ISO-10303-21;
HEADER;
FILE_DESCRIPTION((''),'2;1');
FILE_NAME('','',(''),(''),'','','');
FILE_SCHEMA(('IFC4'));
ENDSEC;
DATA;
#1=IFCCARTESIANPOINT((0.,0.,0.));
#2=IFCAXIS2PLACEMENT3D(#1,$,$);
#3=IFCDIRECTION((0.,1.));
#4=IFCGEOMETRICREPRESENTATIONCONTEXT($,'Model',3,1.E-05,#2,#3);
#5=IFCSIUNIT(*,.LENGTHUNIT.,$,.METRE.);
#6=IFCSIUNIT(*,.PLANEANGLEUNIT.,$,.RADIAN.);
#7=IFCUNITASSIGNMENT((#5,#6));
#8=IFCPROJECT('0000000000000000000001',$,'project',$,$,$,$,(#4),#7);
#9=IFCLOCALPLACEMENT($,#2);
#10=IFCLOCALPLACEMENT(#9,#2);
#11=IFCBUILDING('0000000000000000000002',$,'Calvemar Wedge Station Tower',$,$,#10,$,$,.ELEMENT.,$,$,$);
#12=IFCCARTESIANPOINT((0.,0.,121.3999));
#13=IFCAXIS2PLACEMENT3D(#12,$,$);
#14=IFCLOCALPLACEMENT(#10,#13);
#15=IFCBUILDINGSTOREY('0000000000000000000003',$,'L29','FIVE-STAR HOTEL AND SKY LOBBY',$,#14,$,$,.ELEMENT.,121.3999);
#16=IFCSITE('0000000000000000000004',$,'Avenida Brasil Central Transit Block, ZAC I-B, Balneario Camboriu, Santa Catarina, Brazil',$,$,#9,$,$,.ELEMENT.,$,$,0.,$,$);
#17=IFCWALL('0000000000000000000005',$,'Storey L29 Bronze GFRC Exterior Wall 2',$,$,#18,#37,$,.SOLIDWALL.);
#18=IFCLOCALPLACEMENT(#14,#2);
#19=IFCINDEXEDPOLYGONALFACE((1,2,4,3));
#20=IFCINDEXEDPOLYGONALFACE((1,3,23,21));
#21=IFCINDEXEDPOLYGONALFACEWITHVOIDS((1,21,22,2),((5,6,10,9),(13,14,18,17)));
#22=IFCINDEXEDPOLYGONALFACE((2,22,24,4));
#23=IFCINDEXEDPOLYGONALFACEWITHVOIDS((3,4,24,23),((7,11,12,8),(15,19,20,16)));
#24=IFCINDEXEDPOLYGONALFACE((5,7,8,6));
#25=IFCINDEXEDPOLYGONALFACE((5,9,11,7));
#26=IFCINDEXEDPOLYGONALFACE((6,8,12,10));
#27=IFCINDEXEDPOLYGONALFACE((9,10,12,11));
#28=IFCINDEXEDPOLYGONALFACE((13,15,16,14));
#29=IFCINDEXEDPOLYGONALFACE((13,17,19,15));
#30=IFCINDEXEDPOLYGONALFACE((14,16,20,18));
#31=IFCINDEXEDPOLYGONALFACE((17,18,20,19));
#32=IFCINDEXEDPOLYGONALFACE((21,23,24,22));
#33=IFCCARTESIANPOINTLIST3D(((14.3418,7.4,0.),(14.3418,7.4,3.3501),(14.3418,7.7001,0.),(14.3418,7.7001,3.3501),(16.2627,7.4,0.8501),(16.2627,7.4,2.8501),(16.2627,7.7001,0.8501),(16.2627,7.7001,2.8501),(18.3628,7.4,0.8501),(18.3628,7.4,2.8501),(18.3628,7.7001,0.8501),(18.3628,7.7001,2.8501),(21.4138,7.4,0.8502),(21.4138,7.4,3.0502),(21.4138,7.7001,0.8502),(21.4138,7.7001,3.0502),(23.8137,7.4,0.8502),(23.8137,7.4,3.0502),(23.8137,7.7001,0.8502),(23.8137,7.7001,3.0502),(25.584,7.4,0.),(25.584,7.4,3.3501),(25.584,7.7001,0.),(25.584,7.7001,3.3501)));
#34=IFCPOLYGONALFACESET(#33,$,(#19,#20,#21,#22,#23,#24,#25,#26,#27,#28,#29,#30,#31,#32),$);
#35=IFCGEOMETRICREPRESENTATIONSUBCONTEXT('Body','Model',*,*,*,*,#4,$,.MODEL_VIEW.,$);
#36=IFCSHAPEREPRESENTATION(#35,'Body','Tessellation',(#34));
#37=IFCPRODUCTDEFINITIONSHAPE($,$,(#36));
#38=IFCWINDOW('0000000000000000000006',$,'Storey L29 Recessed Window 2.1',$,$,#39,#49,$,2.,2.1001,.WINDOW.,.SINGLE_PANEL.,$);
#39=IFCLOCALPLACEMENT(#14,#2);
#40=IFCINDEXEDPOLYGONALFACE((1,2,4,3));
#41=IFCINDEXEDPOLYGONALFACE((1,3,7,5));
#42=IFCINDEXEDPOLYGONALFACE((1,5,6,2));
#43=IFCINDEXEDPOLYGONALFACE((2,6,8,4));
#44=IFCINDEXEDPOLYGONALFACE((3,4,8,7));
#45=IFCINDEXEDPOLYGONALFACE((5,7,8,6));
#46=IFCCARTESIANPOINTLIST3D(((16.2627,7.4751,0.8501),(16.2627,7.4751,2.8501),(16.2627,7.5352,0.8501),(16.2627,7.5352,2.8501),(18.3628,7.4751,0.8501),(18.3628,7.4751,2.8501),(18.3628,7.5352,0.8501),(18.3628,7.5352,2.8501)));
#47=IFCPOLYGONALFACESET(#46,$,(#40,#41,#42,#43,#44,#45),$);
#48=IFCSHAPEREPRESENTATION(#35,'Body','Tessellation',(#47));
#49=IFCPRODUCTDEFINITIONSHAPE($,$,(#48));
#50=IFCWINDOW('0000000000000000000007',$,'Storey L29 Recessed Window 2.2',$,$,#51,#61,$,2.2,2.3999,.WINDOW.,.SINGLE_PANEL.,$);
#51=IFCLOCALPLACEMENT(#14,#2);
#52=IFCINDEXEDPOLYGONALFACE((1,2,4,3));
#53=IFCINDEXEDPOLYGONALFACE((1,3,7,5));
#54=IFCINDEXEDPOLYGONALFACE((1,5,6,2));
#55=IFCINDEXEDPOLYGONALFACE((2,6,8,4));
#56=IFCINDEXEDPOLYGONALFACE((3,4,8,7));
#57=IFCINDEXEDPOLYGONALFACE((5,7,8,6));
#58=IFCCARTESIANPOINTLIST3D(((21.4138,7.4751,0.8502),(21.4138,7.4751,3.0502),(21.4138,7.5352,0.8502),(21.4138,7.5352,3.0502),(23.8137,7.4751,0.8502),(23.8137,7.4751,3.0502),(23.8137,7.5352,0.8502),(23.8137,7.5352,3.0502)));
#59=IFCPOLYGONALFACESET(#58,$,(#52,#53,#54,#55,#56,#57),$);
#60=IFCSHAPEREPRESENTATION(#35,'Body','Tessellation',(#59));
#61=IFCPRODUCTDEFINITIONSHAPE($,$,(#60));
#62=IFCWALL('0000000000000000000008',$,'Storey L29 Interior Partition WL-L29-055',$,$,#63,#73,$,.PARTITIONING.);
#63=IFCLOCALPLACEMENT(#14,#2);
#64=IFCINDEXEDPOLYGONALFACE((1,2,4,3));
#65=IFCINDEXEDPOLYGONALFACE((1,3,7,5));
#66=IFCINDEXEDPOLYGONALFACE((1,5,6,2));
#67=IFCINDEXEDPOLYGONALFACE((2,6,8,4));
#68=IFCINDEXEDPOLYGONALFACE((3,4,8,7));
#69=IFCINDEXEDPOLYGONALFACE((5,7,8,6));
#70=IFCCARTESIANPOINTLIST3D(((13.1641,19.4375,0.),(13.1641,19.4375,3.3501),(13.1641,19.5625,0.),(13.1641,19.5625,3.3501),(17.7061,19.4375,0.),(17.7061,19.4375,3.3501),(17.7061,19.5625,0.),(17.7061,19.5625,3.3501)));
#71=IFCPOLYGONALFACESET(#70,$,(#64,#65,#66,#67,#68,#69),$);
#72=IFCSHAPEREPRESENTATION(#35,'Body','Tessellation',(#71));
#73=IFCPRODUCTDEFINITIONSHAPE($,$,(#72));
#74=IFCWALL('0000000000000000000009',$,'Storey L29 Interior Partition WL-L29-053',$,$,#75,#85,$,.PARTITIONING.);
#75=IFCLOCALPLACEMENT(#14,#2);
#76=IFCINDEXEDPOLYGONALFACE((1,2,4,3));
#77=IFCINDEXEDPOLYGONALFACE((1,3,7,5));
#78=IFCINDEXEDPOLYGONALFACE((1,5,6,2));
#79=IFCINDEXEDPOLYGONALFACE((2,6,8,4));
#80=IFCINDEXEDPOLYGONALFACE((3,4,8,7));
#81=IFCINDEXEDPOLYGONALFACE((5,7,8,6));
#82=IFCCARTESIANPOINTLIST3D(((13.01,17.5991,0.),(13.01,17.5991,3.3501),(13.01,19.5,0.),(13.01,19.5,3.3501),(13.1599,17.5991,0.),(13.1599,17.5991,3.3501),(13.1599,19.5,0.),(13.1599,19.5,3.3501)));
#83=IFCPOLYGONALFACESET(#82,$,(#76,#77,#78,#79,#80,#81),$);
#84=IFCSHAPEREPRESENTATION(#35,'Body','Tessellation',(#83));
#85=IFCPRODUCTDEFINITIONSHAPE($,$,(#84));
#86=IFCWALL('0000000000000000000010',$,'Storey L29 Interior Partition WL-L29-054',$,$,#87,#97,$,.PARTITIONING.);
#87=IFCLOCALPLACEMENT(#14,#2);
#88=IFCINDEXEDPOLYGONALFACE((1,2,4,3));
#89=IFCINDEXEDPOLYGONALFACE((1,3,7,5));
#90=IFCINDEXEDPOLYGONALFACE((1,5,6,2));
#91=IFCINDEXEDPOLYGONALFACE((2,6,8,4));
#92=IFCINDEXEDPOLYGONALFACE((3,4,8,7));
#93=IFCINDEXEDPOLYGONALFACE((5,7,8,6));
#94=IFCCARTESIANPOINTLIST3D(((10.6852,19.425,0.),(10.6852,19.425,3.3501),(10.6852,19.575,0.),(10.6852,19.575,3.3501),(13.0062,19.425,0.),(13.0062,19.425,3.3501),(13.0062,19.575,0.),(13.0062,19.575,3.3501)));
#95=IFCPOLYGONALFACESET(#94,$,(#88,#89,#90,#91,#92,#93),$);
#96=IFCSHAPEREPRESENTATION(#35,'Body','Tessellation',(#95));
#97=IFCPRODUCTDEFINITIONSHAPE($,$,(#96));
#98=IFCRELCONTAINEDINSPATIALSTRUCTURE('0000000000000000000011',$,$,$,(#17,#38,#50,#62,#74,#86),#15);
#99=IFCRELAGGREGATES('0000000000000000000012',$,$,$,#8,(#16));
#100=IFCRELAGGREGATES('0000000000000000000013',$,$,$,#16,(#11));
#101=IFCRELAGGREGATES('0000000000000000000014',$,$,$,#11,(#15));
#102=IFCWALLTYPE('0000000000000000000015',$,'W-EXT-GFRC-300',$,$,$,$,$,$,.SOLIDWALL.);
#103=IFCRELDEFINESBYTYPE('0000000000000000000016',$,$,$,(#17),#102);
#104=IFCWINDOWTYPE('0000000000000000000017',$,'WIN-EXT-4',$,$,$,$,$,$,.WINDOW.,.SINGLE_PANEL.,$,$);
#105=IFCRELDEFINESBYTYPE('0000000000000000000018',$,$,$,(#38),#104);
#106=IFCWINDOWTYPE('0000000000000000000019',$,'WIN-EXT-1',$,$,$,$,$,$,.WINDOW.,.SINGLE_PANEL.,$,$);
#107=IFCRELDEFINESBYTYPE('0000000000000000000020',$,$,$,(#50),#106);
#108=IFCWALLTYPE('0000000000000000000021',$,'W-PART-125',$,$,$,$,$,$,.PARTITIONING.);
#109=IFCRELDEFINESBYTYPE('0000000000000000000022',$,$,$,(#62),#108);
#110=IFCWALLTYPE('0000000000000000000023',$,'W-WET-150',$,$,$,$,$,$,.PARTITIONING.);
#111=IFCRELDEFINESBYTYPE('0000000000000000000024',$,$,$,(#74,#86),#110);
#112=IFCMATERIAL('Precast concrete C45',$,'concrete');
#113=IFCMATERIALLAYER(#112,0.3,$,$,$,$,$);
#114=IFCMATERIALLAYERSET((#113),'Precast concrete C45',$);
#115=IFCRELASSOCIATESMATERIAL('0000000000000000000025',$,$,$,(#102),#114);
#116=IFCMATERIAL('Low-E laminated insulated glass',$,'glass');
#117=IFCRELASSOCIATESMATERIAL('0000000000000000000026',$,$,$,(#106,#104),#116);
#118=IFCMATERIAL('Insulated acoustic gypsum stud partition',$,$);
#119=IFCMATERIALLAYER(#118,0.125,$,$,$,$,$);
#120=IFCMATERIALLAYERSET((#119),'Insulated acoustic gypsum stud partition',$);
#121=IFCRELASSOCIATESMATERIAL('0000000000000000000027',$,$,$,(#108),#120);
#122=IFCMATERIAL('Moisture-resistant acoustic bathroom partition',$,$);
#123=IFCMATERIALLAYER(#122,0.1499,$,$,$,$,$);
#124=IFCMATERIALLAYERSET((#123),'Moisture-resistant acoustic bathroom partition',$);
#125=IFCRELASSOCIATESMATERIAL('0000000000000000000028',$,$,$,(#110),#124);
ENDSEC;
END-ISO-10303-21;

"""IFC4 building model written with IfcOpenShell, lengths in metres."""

from ifc_helpers import new_model, si_unit, direction, frame, frame_2d, origin, place, context, subcontext, project, spatial, rectangle, extrude, source, transform, mapped, material, layer, layer_set, type_object, element, fill, save


model = new_model("IFC4")

# Units and contexts
model_context = context("Model", 3, precision=1e-05, world=origin(), true_north=direction((0.0, 1.0)))
body_context = subcontext(model_context, "Body", "Model", "MODEL_VIEW")
ifc_project = project(units=[si_unit("LENGTHUNIT", "METRE"), si_unit("PLANEANGLEUNIT", "RADIAN")], contexts=[model_context])

# Site, building, storey
site_placement = place(None, origin())
site = spatial("IfcSite", under=ifc_project, at=site_placement, Name="Avenida Brasil Central Transit Block, ZAC I-B, Balneario Camboriu, Santa Catarina, Brazil", CompositionType="ELEMENT", RefElevation=0.0)
building_placement = place(site_placement, origin())
building = spatial("IfcBuilding", under=site, at=building_placement, Name="Calvemar Wedge Station Tower", CompositionType="ELEMENT")
storey_placement = place(building_placement, frame((0.0, 0.0, 121.3999)))
storey = spatial("IfcBuildingStorey", under=building, at=storey_placement, Name="L29", Description="FIVE-STAR HOTEL AND SKY LOBBY", CompositionType="ELEMENT", Elevation=121.3999)

# Shared definitions
ifc_material_1 = material(Name="Precast concrete C45", Category="concrete")
ifc_layer_1 = layer(ifc_material_1, 0.3)
ifc_layer_set_1 = layer_set([ifc_layer_1], Name="Precast concrete C45")
wall_type_1 = type_object("IfcWallType", Name="W-EXT-GFRC-300", PredefinedType="SOLIDWALL", material=ifc_layer_set_1)
shared_shape_1 = source(origin(), body_context, "Body", "SweptSolid", [
    extrude(rectangle(XDim=2.3999, YDim=2.2, at=frame_2d((1.2, 1.1001))), frame((0.0, 0.1602, 0.0), z_axis=(0.0, -1.0, 0.0), x_axis=(1.0, 0.0, 0.0)), (0.0, 0.0, 1.0), 0.3201),
])
ifc_material_2 = material(Name="Low-E laminated insulated glass", Category="glass")
window_type_1 = type_object("IfcWindowType", Name="WIN-EXT-1", PartitioningType="SINGLE_PANEL", PredefinedType="WINDOW", material=ifc_material_2)
shared_shape_2 = source(origin(), body_context, "Body", "SweptSolid", [
    extrude(rectangle(XDim=2.3999, YDim=2.2, at=frame_2d((1.2, 1.1001))), frame((0.0, -0.0149, 0.0), z_axis=(0.0, -1.0, 0.0), x_axis=(1.0, 0.0, 0.0)), (0.0, 0.0, 1.0), 0.0601),
])

# Wall, openings, windows
wall_1_placement = place(storey_placement, frame((14.3418, 7.55, 0.0), z_axis=(0.0, 0.0, 1.0), x_axis=(1.0, 0.0, 0.0)))
wall_1 = element("IfcWall", 1, at=wall_1_placement, inside=storey, type_object=wall_type_1, Name="Storey L29 Bronze GFRC Exterior Wall 2", PredefinedType="SOLIDWALL", context=body_context, shape_type="SweptSolid", body=[
    extrude(rectangle(XDim=11.2422, YDim=0.3, at=frame_2d((5.6211, 0.0))), origin(), (0.0, 0.0, 1.0), 3.3501),
])
shared_shape_3 = source(origin(), body_context, "Body", "SweptSolid", [
    extrude(rectangle(XDim=2.1001, YDim=2.0, at=frame_2d((1.05, 1.0))), frame((0.0, 0.1602, 0.0), z_axis=(0.0, -1.0, 0.0), x_axis=(1.0, 0.0, 0.0)), (0.0, 0.0, 1.0), 0.3201),
])
opening_1_placement = place(wall_1_placement, frame((1.9209, 0.0, 0.8501)))
opening_1 = element("IfcOpeningElement", 2, at=opening_1_placement, cuts=wall_1, PredefinedType="OPENING", context=body_context, shape_type="MappedRepresentation", body=[
    mapped(shared_shape_3, transform((0.0, 0.0, 0.0), scale=1.0)),
])
opening_2_placement = place(wall_1_placement, frame((7.072, 0.0, 0.8501)))
opening_2 = element("IfcOpeningElement", 3, at=opening_2_placement, cuts=wall_1, PredefinedType="OPENING", context=body_context, shape_type="MappedRepresentation", body=[
    mapped(shared_shape_1, transform((0.0, 0.0, 0.0), scale=1.0)),
])
window_type_2 = type_object("IfcWindowType", Name="WIN-EXT-4", PartitioningType="SINGLE_PANEL", PredefinedType="WINDOW", material=ifc_material_2)
shared_shape_4 = source(origin(), body_context, "Body", "SweptSolid", [
    extrude(rectangle(XDim=2.1001, YDim=2.0, at=frame_2d((1.05, 1.0))), frame((0.0, -0.0149, 0.0), z_axis=(0.0, -1.0, 0.0), x_axis=(1.0, 0.0, 0.0)), (0.0, 0.0, 1.0), 0.0601),
])
window_1_placement = place(opening_1_placement, origin())
window_1 = element("IfcWindow", 4, at=window_1_placement, inside=storey, type_object=window_type_2, Name="Storey L29 Recessed Window 2.1", OverallHeight=2.0, OverallWidth=2.1001, PartitioningType="SINGLE_PANEL", PredefinedType="WINDOW", context=body_context, shape_type="MappedRepresentation", body=[
    mapped(shared_shape_4, transform((0.0, 0.0, 0.0), scale=1.0)),
])
fill(opening_1, window_1)
window_2_placement = place(opening_2_placement, origin())
window_2 = element("IfcWindow", 5, at=window_2_placement, inside=storey, type_object=window_type_1, Name="Storey L29 Recessed Window 2.2", OverallHeight=2.2, OverallWidth=2.3999, PartitioningType="SINGLE_PANEL", PredefinedType="WINDOW", context=body_context, shape_type="MappedRepresentation", body=[
    mapped(shared_shape_2, transform((0.0, 0.0, 0.0), scale=1.0)),
])
fill(opening_2, window_2)

# Wall
ifc_material_3 = material(Name="Insulated acoustic gypsum stud partition")
ifc_layer_2 = layer(ifc_material_3, 0.125)
ifc_layer_set_2 = layer_set([ifc_layer_2], Name="Insulated acoustic gypsum stud partition")
wall_type_2 = type_object("IfcWallType", Name="W-PART-125", PredefinedType="PARTITIONING", material=ifc_layer_set_2)
wall_2_placement = place(storey_placement, frame((13.1641, 19.5, 0.0), z_axis=(0.0, 0.0, 1.0), x_axis=(1.0, 0.0, 0.0)))
element("IfcWall", 6, at=wall_2_placement, inside=storey, type_object=wall_type_2, Name="Storey L29 Interior Partition WL-L29-055", PredefinedType="PARTITIONING", context=body_context, shape_type="SweptSolid", body=[
    extrude(rectangle(XDim=4.542, YDim=0.125, at=frame_2d((2.271, 0.0))), origin(), (0.0, 0.0, 1.0), 3.3501),
])

# Shared definitions
ifc_material_4 = material(Name="Moisture-resistant acoustic bathroom partition")
ifc_layer_3 = layer(ifc_material_4, 0.1499)
ifc_layer_set_3 = layer_set([ifc_layer_3], Name="Moisture-resistant acoustic bathroom partition")
wall_type_3 = type_object("IfcWallType", Name="W-WET-150", PredefinedType="PARTITIONING", material=ifc_layer_set_3)

# Walls
wall_3_placement = place(storey_placement, frame((13.085, 19.5, 0.0), z_axis=(0.0, 0.0, 1.0), x_axis=(0.0, -1.0, 0.0)))
element("IfcWall", 7, at=wall_3_placement, inside=storey, type_object=wall_type_3, Name="Storey L29 Interior Partition WL-L29-053", PredefinedType="PARTITIONING", context=body_context, shape_type="SweptSolid", body=[
    extrude(rectangle(XDim=1.9009, YDim=0.1499, at=frame_2d((0.9504, 0.0))), origin(), (0.0, 0.0, 1.0), 3.3501),
])
wall_4_placement = place(storey_placement, frame((10.6851, 19.5, 0.0), z_axis=(0.0, 0.0, 1.0), x_axis=(1.0, 0.0, 0.0)))
element("IfcWall", 8, at=wall_4_placement, inside=storey, type_object=wall_type_3, Name="Storey L29 Interior Partition WL-L29-054", PredefinedType="PARTITIONING", context=body_context, shape_type="SweptSolid", body=[
    extrude(rectangle(XDim=2.321, YDim=0.1499, at=frame_2d((1.1606, 0.0))), origin(), (0.0, 0.0, 1.0), 3.3501),
])

save(model, "model.ifc")
